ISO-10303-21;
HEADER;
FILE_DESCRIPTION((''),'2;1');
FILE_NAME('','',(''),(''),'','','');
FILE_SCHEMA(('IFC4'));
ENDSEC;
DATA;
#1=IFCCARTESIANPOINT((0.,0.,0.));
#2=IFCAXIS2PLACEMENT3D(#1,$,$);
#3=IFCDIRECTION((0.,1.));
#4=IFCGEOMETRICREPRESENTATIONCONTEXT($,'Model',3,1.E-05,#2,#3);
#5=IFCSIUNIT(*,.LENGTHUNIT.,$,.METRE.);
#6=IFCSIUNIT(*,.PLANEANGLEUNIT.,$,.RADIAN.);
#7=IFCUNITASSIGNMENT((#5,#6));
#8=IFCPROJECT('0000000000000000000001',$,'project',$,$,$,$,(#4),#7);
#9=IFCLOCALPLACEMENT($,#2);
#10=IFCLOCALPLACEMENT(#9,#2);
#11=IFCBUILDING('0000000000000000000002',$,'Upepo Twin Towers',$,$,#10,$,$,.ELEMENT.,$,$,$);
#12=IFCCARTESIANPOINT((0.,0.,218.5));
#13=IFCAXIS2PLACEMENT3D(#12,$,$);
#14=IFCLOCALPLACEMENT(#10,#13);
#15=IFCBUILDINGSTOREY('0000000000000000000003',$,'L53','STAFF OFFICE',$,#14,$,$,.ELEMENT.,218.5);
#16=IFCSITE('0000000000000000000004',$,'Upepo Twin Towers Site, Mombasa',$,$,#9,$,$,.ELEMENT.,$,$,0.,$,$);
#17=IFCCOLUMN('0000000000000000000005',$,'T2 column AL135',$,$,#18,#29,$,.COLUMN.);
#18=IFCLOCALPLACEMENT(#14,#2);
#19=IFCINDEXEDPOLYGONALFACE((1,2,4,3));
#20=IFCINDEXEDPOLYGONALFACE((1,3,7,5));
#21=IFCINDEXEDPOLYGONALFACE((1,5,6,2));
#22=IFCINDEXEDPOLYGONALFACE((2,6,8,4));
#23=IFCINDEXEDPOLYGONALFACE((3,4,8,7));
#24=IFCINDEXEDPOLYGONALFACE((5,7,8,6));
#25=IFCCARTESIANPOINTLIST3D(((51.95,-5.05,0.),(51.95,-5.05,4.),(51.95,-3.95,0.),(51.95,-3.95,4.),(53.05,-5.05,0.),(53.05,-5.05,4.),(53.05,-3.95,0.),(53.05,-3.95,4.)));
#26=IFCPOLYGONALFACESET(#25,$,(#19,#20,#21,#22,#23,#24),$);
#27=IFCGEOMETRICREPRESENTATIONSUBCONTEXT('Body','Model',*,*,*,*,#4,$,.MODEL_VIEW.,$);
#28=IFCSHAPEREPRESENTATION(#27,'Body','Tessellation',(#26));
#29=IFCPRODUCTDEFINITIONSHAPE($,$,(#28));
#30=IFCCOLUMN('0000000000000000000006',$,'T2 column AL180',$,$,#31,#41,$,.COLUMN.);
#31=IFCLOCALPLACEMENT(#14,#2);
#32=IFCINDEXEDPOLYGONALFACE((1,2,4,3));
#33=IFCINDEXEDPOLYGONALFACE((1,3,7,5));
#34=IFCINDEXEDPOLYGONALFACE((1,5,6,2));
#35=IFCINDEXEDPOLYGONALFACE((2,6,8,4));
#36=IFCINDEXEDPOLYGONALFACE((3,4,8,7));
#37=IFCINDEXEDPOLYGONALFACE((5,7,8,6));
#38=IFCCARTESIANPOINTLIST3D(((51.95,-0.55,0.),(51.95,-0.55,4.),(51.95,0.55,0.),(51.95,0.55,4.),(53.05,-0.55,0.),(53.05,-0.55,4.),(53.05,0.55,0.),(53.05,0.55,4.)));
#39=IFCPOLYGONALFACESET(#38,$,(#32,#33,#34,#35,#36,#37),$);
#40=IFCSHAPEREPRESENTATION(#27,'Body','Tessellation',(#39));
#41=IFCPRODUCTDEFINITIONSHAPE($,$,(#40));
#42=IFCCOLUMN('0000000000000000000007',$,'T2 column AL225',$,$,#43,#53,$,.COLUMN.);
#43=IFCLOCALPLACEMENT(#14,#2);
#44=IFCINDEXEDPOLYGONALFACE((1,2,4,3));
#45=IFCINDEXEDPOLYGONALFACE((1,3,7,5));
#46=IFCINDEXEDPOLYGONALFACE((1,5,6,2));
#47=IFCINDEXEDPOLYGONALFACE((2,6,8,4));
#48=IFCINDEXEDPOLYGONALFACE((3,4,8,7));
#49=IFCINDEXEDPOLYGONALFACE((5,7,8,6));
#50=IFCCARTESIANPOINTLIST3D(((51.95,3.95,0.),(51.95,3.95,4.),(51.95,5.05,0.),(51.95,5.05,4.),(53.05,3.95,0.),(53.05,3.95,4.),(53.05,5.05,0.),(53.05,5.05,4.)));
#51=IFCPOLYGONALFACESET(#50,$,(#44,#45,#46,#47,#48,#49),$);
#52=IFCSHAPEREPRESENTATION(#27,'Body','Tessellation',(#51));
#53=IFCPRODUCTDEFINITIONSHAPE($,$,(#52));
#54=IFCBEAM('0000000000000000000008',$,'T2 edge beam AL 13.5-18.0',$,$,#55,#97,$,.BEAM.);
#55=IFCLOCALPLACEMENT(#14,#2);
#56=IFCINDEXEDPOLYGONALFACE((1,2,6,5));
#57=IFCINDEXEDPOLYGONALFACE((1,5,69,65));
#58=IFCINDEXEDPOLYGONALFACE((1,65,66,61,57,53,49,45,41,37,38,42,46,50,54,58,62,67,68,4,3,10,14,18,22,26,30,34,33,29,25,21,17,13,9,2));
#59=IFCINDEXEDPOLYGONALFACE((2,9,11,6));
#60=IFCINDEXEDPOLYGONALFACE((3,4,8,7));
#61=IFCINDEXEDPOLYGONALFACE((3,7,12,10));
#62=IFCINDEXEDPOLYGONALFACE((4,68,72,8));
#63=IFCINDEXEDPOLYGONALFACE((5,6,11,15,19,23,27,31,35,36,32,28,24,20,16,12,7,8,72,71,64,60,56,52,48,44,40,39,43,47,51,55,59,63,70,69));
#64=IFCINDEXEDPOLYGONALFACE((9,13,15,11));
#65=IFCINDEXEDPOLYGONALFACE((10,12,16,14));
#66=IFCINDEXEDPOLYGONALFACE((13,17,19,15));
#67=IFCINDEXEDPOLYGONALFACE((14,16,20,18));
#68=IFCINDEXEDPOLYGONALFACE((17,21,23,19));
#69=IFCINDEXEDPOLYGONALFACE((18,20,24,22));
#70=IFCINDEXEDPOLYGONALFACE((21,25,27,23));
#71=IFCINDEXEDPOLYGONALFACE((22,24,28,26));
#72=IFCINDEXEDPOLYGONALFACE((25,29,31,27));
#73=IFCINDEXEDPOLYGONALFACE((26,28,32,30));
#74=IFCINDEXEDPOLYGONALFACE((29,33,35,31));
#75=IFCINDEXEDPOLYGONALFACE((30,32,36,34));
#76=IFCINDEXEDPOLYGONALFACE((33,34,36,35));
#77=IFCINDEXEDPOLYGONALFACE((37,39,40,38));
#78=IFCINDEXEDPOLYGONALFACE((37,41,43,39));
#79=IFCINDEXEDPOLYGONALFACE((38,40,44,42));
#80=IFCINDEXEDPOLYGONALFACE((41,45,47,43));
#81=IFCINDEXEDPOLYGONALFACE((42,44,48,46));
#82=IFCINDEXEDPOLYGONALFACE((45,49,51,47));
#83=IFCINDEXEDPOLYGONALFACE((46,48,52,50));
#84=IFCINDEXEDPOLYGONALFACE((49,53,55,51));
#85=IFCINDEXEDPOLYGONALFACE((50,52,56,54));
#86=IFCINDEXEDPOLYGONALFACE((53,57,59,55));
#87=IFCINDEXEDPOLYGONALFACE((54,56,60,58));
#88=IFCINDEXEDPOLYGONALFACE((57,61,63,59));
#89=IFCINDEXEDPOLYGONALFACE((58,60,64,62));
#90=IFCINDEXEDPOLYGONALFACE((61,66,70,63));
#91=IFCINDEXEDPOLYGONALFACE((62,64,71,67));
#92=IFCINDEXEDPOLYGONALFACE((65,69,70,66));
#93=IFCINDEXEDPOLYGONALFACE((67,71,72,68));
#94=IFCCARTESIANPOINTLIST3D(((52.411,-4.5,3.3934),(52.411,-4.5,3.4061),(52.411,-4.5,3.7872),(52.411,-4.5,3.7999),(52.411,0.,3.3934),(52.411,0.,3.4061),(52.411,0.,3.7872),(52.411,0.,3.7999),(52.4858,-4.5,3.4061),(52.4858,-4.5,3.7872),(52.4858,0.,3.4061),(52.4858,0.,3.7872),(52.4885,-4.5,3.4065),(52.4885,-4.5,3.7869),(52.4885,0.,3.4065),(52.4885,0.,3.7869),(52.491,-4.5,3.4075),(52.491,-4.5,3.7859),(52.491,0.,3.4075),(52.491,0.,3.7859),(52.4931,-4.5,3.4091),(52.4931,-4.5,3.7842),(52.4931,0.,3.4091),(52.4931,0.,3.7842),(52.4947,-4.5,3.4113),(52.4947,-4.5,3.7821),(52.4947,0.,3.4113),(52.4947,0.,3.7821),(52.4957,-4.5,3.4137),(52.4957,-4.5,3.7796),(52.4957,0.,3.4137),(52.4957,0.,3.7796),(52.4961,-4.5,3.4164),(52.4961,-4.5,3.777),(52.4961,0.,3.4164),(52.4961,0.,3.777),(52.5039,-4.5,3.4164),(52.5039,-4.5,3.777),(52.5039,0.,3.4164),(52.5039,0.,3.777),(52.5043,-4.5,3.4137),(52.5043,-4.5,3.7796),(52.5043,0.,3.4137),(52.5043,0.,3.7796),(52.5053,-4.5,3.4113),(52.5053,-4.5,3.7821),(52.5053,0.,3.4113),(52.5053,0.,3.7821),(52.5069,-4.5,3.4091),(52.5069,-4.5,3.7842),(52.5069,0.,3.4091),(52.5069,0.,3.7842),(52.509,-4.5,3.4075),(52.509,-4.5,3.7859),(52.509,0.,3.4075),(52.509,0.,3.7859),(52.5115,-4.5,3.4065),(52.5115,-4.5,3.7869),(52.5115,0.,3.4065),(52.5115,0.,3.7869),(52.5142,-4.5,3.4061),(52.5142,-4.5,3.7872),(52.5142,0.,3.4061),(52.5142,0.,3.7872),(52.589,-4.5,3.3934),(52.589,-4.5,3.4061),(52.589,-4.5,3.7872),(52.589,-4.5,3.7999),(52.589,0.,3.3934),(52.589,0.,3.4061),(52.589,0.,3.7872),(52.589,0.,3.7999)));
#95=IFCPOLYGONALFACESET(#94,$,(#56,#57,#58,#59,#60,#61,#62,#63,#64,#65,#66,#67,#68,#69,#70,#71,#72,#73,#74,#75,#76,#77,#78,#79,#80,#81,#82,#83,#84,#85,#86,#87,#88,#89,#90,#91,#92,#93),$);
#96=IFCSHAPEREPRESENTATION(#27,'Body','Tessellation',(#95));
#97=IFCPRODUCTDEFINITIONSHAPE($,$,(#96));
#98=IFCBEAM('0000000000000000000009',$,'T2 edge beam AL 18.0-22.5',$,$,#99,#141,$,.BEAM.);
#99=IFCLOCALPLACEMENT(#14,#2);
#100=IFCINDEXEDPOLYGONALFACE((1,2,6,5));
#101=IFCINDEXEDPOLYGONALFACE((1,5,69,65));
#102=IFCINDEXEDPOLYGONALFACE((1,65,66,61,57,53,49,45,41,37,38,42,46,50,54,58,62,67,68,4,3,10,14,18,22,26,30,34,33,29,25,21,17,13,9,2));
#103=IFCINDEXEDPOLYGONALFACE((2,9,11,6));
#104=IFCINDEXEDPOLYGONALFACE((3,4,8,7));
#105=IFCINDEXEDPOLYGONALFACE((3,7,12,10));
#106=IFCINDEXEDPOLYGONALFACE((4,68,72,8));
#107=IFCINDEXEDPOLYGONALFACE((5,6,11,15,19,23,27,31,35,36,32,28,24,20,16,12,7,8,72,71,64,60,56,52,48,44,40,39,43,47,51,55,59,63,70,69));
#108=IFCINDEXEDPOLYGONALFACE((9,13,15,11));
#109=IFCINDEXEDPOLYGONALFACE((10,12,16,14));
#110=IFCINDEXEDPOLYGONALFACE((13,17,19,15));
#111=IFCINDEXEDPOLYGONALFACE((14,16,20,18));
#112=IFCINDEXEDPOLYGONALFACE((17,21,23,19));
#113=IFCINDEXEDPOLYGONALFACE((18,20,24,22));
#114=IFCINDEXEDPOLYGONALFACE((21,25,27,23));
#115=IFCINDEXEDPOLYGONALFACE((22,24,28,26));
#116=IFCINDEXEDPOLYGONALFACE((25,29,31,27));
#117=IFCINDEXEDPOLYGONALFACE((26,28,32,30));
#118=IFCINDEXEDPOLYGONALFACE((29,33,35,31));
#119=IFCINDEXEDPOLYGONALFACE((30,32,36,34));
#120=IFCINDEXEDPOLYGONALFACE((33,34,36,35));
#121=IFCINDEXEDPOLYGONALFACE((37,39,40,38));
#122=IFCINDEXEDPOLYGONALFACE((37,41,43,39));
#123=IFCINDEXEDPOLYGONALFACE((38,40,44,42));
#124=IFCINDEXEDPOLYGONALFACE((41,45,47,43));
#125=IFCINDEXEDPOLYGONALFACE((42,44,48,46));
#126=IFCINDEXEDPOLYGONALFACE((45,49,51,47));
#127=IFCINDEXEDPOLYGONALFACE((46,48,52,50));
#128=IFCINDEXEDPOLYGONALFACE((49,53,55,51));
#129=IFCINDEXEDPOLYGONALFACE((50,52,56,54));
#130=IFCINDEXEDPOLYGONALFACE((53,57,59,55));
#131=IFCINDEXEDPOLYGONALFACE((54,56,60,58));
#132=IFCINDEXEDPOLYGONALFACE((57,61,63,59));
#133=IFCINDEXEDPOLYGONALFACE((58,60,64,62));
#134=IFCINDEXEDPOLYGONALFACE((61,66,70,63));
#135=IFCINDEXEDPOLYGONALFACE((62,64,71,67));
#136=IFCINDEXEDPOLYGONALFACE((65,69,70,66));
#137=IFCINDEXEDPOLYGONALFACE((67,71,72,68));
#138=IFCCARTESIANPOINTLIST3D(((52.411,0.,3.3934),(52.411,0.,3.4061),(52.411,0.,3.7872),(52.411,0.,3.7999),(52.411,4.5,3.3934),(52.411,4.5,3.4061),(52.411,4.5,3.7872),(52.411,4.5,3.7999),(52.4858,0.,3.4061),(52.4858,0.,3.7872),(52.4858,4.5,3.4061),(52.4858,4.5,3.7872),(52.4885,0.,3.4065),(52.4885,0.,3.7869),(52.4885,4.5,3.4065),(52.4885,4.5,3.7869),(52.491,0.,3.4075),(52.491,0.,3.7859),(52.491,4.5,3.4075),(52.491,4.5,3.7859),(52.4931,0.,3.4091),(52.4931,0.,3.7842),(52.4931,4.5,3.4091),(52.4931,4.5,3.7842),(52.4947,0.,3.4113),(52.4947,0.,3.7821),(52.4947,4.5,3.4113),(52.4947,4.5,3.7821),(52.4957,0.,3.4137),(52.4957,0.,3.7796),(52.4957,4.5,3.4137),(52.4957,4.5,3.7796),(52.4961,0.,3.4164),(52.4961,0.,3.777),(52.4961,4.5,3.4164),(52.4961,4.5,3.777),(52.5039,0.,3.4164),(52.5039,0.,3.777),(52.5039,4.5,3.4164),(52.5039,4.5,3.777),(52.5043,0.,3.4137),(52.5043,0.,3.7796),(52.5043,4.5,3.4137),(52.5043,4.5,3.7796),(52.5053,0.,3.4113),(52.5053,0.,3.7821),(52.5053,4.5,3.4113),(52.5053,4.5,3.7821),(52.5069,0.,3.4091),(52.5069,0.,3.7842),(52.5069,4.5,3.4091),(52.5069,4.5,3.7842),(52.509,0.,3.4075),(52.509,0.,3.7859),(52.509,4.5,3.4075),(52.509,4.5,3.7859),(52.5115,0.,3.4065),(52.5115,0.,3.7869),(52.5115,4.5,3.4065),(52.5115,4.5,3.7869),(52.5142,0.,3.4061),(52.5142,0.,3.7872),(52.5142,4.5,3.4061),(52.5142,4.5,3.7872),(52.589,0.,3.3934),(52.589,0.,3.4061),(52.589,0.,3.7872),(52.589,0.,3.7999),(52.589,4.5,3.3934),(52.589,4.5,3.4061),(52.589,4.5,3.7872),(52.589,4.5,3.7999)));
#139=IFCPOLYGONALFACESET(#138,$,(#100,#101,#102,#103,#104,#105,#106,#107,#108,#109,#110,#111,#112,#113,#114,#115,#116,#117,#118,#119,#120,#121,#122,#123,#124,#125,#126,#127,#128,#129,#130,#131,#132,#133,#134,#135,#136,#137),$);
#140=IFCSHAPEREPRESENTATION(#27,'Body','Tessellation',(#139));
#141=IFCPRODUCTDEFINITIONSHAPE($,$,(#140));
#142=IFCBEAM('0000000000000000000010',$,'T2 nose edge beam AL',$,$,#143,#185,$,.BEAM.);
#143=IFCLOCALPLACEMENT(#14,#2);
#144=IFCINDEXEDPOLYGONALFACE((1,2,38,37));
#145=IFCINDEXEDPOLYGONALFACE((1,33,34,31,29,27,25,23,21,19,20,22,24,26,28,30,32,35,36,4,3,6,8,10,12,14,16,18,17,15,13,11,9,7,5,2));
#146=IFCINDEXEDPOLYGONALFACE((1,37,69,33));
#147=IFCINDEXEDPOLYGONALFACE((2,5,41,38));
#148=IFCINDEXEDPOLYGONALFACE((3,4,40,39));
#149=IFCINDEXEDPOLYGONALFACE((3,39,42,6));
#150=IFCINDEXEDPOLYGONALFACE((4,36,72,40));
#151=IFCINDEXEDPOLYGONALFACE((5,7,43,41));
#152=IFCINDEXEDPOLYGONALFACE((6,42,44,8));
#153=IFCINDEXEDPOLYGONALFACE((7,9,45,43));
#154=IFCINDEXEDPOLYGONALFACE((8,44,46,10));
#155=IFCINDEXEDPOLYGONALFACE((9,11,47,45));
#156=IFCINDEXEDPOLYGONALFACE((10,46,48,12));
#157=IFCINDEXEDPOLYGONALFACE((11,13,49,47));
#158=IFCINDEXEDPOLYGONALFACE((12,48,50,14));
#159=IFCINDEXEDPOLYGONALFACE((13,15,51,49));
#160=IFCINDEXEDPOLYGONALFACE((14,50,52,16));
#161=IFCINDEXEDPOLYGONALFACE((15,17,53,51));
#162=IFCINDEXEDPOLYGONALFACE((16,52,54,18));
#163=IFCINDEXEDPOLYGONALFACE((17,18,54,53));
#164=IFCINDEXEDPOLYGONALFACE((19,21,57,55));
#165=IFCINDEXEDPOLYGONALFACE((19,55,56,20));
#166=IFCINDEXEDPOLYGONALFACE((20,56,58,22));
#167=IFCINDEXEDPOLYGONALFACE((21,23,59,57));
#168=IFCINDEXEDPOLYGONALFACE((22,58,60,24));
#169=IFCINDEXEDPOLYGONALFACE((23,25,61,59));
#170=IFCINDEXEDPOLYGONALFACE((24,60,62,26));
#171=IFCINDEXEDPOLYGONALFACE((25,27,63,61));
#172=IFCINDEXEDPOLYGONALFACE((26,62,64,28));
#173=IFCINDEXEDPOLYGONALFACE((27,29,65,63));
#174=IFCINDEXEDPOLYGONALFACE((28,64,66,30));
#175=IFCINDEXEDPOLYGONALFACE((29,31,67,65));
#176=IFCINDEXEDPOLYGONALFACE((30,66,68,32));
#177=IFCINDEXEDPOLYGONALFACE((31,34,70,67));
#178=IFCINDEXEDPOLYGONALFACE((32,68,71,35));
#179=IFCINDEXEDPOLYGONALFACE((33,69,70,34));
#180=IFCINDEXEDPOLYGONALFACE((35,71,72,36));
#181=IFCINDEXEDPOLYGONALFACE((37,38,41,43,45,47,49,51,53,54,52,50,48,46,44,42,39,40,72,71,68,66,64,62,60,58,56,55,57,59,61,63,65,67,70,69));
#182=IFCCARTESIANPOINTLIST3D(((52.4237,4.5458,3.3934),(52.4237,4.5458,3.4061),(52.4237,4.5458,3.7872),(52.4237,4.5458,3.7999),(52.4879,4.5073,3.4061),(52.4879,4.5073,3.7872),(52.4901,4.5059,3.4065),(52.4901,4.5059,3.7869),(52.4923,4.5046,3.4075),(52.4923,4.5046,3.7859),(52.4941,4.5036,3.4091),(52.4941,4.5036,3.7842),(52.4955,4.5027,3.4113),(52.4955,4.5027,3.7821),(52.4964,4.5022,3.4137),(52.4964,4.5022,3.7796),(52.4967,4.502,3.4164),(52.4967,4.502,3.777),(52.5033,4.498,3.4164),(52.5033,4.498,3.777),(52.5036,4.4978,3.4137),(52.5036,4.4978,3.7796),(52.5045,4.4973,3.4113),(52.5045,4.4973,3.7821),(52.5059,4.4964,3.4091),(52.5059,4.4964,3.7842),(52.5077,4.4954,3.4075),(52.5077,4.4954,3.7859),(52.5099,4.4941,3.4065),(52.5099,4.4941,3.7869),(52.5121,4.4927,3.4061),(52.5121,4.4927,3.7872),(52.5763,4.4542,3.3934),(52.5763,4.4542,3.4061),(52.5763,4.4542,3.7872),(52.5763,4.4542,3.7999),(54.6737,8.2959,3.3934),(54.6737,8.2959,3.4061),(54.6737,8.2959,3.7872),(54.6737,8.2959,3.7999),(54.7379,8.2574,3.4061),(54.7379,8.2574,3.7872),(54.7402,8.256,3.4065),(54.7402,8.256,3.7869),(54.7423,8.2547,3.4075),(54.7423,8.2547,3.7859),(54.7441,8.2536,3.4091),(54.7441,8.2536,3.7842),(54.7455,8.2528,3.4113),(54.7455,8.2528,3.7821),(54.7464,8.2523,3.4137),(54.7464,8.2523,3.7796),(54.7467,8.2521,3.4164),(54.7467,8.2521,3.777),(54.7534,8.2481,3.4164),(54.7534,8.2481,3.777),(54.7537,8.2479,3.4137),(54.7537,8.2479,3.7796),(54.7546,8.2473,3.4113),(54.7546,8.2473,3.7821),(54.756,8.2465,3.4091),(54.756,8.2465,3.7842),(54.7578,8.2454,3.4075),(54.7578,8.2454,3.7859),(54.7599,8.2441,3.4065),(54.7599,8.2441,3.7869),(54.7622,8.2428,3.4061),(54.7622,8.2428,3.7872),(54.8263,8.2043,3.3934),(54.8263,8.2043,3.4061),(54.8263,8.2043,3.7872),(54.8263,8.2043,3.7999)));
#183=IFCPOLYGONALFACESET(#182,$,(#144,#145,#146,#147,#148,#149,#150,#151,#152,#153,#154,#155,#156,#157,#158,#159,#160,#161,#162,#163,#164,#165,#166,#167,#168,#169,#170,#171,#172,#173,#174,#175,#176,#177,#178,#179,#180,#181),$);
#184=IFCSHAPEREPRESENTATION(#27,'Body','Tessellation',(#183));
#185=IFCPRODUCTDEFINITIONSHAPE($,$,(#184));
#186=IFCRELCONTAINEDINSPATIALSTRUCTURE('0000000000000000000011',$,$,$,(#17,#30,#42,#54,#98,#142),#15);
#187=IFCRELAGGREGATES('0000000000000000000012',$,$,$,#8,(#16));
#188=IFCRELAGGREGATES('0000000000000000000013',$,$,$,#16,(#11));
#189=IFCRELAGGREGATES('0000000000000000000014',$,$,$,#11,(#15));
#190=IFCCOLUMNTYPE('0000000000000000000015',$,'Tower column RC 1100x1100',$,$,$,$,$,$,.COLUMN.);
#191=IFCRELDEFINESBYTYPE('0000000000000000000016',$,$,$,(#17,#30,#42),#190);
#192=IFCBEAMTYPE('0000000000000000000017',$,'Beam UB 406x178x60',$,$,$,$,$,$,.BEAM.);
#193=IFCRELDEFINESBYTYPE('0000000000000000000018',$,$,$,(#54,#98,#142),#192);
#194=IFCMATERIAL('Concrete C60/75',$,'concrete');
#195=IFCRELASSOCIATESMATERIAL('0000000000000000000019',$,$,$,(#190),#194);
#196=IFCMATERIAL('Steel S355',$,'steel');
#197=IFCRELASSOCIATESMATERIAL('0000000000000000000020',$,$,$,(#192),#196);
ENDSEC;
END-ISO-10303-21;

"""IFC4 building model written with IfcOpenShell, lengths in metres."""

from ifc_helpers import new_model, si_unit, direction, frame, origin, origin_2d, place, context, subcontext, project, spatial, rectangle, i_section, extrude, material, material_profile, profile_set, type_object, element, save


model = new_model("IFC4")

# Units and contexts
model_context = context("Model", 3, precision=1e-05, world=origin(), true_north=direction((0.0, 1.0)))
body_context = subcontext(model_context, "Body", "Model", "MODEL_VIEW")
ifc_project = project(units=[si_unit("LENGTHUNIT", "METRE"), si_unit("PLANEANGLEUNIT", "RADIAN")], contexts=[model_context])

# Site, building, storey
site_placement = place(None, origin())
site = spatial("IfcSite", under=ifc_project, at=site_placement, Name="Upepo Twin Towers Site, Mombasa", CompositionType="ELEMENT", RefElevation=0.0)
building_placement = place(site_placement, origin())
building = spatial("IfcBuilding", under=site, at=building_placement, Name="Upepo Twin Towers", CompositionType="ELEMENT")
storey_placement = place(building_placement, frame((0.0, 0.0, 218.5)))
storey = spatial("IfcBuildingStorey", under=building, at=storey_placement, Name="L53", Description="STAFF OFFICE", CompositionType="ELEMENT", Elevation=218.5)

# Columns
ifc_material_1 = material(Name="Concrete C60/75", Category="concrete")
ifc_material_profile_1 = material_profile(ifc_material_1, rectangle(XDim=1.1001, YDim=1.1001, at=origin_2d()), Name="RC 1100x1100")
ifc_profile_set_1 = profile_set([ifc_material_profile_1], Name="Concrete C60/75")
column_type = type_object("IfcColumnType", Name="Tower column RC 1100x1100", PredefinedType="COLUMN", material=ifc_profile_set_1)
for number, where, z_axis, x_axis, name in (
    (1, (52.5, -4.5, 0.0), (0.0, 0.0, 1.0), (1.0, 0.0, 0.0), "T2 column AL135"),
    (2, (52.5, 0.0, 0.0), (0.0, 0.0, 1.0), (1.0, 0.0, 0.0), "T2 column AL180"),
    (3, (52.5, 4.5, 0.0), (0.0, 0.0, 1.0), (1.0, 0.0, 0.0), "T2 column AL225"),
):
    element("IfcColumn", number, at=place(storey_placement, frame(where, z_axis=z_axis, x_axis=x_axis)), inside=storey, type_object=column_type, Name=name, PredefinedType="COLUMN", context=body_context, shape_type="SweptSolid", body=[
        extrude(rectangle(XDim=1.1001, YDim=1.1001, at=origin_2d()), origin(), (0.0, 0.0, 1.0), 4.0),
    ])

# Beams
ifc_material_2 = material(Name="Steel S355", Category="steel")
ifc_material_profile_2 = material_profile(ifc_material_2, i_section(OverallWidth=0.178, OverallDepth=0.4065, WebThickness=0.0078, FlangeThickness=0.0127, FilletRadius=0.0103, at=origin_2d()), Name="UB 406x178x60")
ifc_profile_set_2 = profile_set([ifc_material_profile_2], Name="Steel S355")
beam_type_1 = type_object("IfcBeamType", Name="Beam UB 406x178x60", PredefinedType="BEAM", material=ifc_profile_set_2)
for number, where, z_axis, x_axis, name in (
    (4, (52.5, -4.5, 3.5967), (0.0, 1.0, 0.0), (-1.0, 0.0, 0.0), "T2 edge beam AL 13.5-18.0"),
    (5, (52.5, 0.0, 3.5967), (0.0, 1.0, 0.0), (-1.0, 0.0, 0.0), "T2 edge beam AL 18.0-22.5"),
):
    element("IfcBeam", number, at=place(storey_placement, frame(where, z_axis=z_axis, x_axis=x_axis)), inside=storey, type_object=beam_type_1, Name=name, PredefinedType="BEAM", context=body_context, shape_type="SweptSolid", body=[
        extrude(i_section(OverallWidth=0.178, OverallDepth=0.4065, WebThickness=0.0078, FlangeThickness=0.0127, FilletRadius=0.0103, at=origin_2d()), origin(), (0.0, 0.0, 1.0), 4.5),
    ])
beam_placement = place(storey_placement, frame((52.5, 4.5, 3.5967), z_axis=(0.514496, 0.857493, 0.0), x_axis=(-0.857493, 0.514496, 0.0)))
element("IfcBeam", 6, at=beam_placement, inside=storey, type_object=beam_type_1, Name="T2 nose edge beam AL", PredefinedType="BEAM", context=body_context, shape_type="SweptSolid", body=[
    extrude(i_section(OverallWidth=0.178, OverallDepth=0.4065, WebThickness=0.0078, FlangeThickness=0.0127, FilletRadius=0.0103, at=origin_2d()), origin(), (0.0, 0.0, 1.0), 4.3733),
])

save(model, "model.ifc")
